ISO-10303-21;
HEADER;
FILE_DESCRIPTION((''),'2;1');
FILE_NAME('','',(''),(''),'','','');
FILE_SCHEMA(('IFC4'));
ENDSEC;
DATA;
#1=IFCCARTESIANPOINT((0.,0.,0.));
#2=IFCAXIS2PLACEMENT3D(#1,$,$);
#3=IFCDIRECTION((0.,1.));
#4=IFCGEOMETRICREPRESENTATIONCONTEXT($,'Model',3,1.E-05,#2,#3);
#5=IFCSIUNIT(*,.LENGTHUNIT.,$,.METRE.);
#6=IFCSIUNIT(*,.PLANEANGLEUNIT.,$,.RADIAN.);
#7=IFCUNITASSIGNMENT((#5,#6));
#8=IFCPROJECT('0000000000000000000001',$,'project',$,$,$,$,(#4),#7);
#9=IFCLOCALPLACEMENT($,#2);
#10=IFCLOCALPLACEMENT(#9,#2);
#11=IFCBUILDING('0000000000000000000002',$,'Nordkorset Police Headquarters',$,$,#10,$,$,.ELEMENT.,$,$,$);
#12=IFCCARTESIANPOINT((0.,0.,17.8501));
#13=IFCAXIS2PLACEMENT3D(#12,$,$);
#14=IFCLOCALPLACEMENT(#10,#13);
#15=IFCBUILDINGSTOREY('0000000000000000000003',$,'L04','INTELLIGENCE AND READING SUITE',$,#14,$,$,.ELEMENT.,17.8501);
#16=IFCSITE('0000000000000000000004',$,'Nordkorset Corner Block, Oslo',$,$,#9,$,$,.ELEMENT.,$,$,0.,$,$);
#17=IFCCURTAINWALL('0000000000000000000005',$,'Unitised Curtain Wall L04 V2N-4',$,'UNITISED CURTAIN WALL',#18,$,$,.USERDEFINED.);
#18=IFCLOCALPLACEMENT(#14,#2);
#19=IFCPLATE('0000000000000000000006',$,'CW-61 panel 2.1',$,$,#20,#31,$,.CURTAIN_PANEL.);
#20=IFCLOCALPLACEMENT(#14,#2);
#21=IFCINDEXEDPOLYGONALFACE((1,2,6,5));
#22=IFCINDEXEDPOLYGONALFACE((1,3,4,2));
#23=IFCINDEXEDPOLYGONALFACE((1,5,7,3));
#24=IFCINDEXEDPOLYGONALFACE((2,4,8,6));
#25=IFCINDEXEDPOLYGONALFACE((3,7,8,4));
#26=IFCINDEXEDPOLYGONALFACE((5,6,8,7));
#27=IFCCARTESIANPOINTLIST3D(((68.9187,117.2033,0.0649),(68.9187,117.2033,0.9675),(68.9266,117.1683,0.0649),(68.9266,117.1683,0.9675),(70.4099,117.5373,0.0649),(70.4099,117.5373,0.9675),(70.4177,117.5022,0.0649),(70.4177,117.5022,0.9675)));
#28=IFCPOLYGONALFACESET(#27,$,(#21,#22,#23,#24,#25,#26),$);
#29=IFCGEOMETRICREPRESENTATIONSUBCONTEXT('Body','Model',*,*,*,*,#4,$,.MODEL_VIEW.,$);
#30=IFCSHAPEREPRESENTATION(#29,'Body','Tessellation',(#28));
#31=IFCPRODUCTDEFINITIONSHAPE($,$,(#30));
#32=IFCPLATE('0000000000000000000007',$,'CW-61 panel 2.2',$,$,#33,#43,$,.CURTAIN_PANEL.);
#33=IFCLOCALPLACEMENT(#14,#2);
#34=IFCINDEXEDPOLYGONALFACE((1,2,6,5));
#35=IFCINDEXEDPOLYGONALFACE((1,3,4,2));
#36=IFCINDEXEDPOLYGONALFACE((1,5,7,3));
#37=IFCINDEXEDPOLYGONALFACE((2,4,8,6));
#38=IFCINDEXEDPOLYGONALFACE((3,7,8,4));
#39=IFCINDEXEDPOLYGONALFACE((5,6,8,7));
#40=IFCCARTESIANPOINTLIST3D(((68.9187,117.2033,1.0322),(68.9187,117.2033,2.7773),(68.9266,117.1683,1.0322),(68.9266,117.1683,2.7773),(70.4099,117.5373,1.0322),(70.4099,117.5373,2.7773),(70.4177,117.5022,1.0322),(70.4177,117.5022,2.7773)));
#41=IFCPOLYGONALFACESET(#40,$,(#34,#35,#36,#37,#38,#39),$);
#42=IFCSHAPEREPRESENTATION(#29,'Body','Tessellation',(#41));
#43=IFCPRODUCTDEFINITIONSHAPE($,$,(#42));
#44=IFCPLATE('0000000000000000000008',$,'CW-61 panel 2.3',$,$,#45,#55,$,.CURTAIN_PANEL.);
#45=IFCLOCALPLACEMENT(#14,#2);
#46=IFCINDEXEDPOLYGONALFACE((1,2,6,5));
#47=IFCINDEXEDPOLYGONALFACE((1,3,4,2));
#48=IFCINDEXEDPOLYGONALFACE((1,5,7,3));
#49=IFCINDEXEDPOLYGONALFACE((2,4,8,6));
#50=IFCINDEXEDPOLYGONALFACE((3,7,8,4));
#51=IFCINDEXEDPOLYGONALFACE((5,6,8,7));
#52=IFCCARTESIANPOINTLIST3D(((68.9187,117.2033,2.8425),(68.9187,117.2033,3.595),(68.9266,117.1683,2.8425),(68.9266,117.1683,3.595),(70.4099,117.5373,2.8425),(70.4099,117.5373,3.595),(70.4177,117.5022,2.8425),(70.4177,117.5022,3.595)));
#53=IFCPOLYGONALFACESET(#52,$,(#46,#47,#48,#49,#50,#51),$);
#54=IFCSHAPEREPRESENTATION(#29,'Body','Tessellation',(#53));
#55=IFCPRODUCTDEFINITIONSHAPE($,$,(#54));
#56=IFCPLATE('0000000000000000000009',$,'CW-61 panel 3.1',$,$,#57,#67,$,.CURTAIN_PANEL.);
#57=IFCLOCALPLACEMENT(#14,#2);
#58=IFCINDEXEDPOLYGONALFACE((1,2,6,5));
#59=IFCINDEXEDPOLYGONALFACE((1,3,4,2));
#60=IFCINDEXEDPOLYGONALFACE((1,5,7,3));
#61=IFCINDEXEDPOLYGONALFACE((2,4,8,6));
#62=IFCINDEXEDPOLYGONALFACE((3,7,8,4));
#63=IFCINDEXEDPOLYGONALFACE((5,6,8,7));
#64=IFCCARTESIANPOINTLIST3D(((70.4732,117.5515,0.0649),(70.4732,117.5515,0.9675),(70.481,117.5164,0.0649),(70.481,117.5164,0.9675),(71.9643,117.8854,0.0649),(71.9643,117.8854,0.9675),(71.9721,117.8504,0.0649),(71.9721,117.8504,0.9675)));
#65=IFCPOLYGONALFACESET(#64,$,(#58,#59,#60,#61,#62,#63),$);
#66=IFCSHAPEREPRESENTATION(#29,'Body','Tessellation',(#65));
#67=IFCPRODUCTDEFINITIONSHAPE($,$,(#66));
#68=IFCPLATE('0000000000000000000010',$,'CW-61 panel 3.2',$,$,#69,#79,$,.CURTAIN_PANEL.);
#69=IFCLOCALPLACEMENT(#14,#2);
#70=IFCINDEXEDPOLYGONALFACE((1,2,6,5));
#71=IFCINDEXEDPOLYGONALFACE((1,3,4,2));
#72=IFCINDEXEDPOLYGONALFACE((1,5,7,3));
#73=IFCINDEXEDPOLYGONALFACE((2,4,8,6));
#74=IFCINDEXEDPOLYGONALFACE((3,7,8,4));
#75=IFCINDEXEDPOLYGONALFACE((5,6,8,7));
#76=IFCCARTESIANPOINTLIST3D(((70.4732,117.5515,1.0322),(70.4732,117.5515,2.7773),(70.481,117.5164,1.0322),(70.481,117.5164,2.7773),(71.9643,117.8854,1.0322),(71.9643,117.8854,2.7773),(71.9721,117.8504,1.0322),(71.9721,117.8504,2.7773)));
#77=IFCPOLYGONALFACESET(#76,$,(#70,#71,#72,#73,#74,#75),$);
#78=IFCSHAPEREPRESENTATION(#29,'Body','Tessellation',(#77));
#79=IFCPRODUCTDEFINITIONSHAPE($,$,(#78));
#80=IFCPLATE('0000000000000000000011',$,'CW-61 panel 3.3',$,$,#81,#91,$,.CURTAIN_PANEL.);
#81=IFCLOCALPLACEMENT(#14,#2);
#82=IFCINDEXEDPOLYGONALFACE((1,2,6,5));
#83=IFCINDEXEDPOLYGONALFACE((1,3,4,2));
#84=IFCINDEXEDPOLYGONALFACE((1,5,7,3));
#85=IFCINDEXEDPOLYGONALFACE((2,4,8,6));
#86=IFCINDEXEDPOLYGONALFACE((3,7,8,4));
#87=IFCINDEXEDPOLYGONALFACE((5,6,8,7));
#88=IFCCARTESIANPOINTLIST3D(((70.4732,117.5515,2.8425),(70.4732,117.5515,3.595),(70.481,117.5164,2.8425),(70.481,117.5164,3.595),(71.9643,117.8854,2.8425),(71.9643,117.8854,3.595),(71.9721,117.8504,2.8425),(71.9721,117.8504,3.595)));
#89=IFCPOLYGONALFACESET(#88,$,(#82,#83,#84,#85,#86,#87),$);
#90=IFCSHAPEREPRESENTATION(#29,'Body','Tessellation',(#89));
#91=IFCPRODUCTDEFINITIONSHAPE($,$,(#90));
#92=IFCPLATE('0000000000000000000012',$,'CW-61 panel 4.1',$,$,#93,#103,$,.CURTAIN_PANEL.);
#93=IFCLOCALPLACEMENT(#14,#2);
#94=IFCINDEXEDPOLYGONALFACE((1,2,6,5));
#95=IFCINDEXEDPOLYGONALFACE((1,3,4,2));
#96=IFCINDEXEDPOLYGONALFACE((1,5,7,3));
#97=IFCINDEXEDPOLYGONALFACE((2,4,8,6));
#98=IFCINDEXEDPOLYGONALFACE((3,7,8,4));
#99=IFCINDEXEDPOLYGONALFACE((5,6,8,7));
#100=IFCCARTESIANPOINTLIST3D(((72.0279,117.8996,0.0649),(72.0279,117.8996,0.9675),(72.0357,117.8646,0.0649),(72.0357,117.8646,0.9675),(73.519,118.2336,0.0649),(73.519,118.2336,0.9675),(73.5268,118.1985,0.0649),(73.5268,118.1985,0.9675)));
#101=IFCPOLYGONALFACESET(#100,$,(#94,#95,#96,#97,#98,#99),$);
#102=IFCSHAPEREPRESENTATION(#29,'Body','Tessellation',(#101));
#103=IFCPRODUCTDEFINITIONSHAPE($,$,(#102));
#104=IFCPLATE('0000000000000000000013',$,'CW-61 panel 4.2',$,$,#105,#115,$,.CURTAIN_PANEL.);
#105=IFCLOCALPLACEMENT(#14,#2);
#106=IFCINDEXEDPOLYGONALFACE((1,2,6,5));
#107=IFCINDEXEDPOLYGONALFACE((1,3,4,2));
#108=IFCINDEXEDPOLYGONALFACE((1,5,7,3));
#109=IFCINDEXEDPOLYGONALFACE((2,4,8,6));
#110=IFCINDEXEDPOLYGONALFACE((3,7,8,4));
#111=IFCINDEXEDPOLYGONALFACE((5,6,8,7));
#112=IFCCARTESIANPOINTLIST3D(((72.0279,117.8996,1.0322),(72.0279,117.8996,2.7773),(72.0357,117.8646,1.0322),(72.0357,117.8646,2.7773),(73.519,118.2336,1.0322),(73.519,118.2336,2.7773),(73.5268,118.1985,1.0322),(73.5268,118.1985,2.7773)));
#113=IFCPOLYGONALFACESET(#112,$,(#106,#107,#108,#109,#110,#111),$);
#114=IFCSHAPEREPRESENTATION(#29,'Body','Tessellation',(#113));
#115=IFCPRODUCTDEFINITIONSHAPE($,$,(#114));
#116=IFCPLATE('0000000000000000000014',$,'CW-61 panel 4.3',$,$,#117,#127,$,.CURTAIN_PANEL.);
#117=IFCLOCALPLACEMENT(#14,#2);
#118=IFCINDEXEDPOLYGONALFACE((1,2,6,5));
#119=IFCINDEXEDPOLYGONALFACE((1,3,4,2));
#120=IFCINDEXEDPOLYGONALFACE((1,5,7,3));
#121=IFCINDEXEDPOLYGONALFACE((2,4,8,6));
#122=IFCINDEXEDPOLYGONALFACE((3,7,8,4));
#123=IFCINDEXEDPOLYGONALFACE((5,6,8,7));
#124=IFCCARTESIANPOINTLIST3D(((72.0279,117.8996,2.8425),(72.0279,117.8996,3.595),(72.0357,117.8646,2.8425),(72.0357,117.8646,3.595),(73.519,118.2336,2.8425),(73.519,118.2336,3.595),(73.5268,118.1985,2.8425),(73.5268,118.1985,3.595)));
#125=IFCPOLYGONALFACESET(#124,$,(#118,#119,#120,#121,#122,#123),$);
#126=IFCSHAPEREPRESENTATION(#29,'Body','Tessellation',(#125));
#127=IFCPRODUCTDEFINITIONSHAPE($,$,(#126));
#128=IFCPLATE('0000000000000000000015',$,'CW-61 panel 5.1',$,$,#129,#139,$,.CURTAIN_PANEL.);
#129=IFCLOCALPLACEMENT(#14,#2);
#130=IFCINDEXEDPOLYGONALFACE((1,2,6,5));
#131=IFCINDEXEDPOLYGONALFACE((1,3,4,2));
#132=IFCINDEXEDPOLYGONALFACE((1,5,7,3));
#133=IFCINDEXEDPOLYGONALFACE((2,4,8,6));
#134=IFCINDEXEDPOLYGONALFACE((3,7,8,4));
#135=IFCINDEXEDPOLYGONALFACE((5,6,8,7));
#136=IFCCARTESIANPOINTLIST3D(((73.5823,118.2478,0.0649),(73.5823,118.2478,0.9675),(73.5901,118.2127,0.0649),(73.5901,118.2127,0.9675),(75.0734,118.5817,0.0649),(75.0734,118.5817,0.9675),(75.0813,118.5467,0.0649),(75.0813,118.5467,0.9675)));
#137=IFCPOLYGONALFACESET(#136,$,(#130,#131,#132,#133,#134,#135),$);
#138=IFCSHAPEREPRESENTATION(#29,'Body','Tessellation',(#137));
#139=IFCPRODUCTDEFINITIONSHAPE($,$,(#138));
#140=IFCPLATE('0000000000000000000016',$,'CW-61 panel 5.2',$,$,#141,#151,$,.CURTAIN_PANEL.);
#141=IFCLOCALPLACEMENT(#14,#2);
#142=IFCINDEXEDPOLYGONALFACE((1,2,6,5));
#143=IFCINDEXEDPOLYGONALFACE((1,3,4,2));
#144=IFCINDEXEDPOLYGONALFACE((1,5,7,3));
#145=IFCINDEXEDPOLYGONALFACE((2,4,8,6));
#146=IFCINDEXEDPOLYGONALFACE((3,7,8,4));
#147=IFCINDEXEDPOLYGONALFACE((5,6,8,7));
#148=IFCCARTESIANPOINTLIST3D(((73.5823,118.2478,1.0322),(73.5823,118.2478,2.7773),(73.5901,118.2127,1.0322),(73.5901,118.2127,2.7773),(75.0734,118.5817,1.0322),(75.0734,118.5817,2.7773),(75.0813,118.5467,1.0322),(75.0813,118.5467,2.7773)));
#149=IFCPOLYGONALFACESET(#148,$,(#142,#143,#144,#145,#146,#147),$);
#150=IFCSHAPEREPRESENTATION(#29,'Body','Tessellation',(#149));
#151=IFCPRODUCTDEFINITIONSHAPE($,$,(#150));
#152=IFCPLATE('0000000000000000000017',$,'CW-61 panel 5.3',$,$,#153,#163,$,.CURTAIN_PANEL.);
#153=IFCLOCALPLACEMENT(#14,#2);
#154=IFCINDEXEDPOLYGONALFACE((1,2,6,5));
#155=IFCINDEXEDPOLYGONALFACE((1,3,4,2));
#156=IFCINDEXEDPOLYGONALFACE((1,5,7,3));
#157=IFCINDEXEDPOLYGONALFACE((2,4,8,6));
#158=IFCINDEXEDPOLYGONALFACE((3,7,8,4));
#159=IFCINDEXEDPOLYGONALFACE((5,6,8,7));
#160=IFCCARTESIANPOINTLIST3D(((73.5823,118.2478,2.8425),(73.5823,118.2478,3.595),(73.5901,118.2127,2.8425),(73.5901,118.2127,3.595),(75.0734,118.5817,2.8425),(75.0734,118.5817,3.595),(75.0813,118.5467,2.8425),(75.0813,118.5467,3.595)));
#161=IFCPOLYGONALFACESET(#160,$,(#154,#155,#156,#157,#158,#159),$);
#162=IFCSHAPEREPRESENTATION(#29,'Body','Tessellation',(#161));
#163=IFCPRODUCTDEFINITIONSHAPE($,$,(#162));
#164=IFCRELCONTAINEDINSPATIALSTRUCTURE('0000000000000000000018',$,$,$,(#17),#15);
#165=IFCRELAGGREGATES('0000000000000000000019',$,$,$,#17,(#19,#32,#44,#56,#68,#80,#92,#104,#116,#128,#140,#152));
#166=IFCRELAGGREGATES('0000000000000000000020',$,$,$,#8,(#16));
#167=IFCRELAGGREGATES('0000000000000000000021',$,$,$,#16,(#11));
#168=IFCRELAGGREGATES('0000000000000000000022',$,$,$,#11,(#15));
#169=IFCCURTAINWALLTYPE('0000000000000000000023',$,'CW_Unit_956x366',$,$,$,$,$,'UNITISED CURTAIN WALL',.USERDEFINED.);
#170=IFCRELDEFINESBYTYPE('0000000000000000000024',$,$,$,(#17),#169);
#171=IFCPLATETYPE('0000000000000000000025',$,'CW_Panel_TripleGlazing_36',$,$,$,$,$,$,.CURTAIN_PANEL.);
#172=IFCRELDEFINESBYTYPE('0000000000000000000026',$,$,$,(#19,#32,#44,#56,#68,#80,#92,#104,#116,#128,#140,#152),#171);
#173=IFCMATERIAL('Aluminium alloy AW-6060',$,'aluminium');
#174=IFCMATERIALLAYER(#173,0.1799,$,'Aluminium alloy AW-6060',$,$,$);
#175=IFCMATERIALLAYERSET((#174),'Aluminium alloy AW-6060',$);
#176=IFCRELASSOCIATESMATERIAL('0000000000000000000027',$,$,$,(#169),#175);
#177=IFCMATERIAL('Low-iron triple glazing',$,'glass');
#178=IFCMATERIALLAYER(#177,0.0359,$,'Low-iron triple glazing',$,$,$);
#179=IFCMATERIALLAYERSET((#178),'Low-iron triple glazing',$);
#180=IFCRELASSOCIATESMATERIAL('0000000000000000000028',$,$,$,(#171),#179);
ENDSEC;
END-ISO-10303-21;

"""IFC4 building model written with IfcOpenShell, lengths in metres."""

from ifc_helpers import new_model, si_unit, direction, frame, origin, origin_2d, place, context, subcontext, project, spatial, rectangle, extrude, material, layer, layer_set, type_object, element, aggregate, save


model = new_model("IFC4")

# Units and contexts
model_context = context("Model", 3, precision=1e-05, world=origin(), true_north=direction((0.0, 1.0)))
body_context = subcontext(model_context, "Body", "Model", "MODEL_VIEW")
ifc_project = project(units=[si_unit("LENGTHUNIT", "METRE"), si_unit("PLANEANGLEUNIT", "RADIAN")], contexts=[model_context])

# Site, building, storey
site_placement = place(None, origin())
site = spatial("IfcSite", under=ifc_project, at=site_placement, Name="Nordkorset Corner Block, Oslo", CompositionType="ELEMENT", RefElevation=0.0)
building_placement = place(site_placement, origin())
building = spatial("IfcBuilding", under=site, at=building_placement, Name="Nordkorset Police Headquarters", CompositionType="ELEMENT")
storey_placement = place(building_placement, frame((0.0, 0.0, 17.8501)))
storey = spatial("IfcBuildingStorey", under=building, at=storey_placement, Name="L04", Description="INTELLIGENCE AND READING SUITE", CompositionType="ELEMENT", Elevation=17.8501)

# Curtain wall, plates
ifc_material_1 = material(Name="Aluminium alloy AW-6060", Category="aluminium")
ifc_layer_1 = layer(ifc_material_1, 0.1799, Name="Aluminium alloy AW-6060")
ifc_layer_set_1 = layer_set([ifc_layer_1], Name="Aluminium alloy AW-6060")
curtain_wall_type = type_object("IfcCurtainWallType", Name="CW_Unit_956x366", ElementType="UNITISED CURTAIN WALL", PredefinedType="USERDEFINED", material=ifc_layer_set_1)
curtain_wall_placement = place(storey_placement, origin())
curtain_wall = element("IfcCurtainWall", 1, at=curtain_wall_placement, inside=storey, type_object=curtain_wall_type, Name="Unitised Curtain Wall L04 V2N-4", ObjectType="UNITISED CURTAIN WALL", PredefinedType="USERDEFINED")
ifc_material_2 = material(Name="Low-iron triple glazing", Category="glass")
ifc_layer_2 = layer(ifc_material_2, 0.0359, Name="Low-iron triple glazing")
ifc_layer_set_2 = layer_set([ifc_layer_2], Name="Low-iron triple glazing")
plate_type = type_object("IfcPlateType", Name="CW_Panel_TripleGlazing_36", PredefinedType="CURTAIN_PANEL", material=ifc_layer_set_2)
plate_1_placement = place(storey_placement, frame((69.6682, 117.3528, 0.0649), z_axis=(0.0, 0.0, 1.0), x_axis=(0.975827, 0.218544, 0.0)))
plate_1 = element("IfcPlate", 2, at=plate_1_placement, type_object=plate_type, Name="CW-61 panel 2.1", PredefinedType="CURTAIN_PANEL", context=body_context, shape_type="SweptSolid", body=[
    extrude(rectangle(XDim=1.5281, YDim=0.0359, at=origin_2d()), origin(), (0.0, 0.0, 1.0), 0.9026),
])
plate_2_placement = place(storey_placement, frame((69.6682, 117.3528, 1.0322), z_axis=(0.0, 0.0, 1.0), x_axis=(0.975827, 0.218544, 0.0)))
plate_2 = element("IfcPlate", 3, at=plate_2_placement, type_object=plate_type, Name="CW-61 panel 2.2", PredefinedType="CURTAIN_PANEL", context=body_context, shape_type="SweptSolid", body=[
    extrude(rectangle(XDim=1.5281, YDim=0.0359, at=origin_2d()), origin(), (0.0, 0.0, 1.0), 1.7451),
])
plate_3_placement = place(storey_placement, frame((69.6682, 117.3528, 2.8425), z_axis=(0.0, 0.0, 1.0), x_axis=(0.975827, 0.218544, 0.0)))
plate_3 = element("IfcPlate", 4, at=plate_3_placement, type_object=plate_type, Name="CW-61 panel 2.3", PredefinedType="CURTAIN_PANEL", context=body_context, shape_type="SweptSolid", body=[
    extrude(rectangle(XDim=1.5281, YDim=0.0359, at=origin_2d()), origin(), (0.0, 0.0, 1.0), 0.7524),
])
plate_4_placement = place(storey_placement, frame((71.2227, 117.7009, 0.0649), z_axis=(0.0, 0.0, 1.0), x_axis=(0.975827, 0.218544, 0.0)))
plate_4 = element("IfcPlate", 5, at=plate_4_placement, type_object=plate_type, Name="CW-61 panel 3.1", PredefinedType="CURTAIN_PANEL", context=body_context, shape_type="SweptSolid", body=[
    extrude(rectangle(XDim=1.5281, YDim=0.0359, at=origin_2d()), origin(), (0.0, 0.0, 1.0), 0.9026),
])
plate_5_placement = place(storey_placement, frame((71.2227, 117.7009, 1.0322), z_axis=(0.0, 0.0, 1.0), x_axis=(0.975827, 0.218544, 0.0)))
plate_5 = element("IfcPlate", 6, at=plate_5_placement, type_object=plate_type, Name="CW-61 panel 3.2", PredefinedType="CURTAIN_PANEL", context=body_context, shape_type="SweptSolid", body=[
    extrude(rectangle(XDim=1.5281, YDim=0.0359, at=origin_2d()), origin(), (0.0, 0.0, 1.0), 1.7451),
])
plate_6_placement = place(storey_placement, frame((71.2227, 117.7009, 2.8425), z_axis=(0.0, 0.0, 1.0), x_axis=(0.975827, 0.218544, 0.0)))
plate_6 = element("IfcPlate", 7, at=plate_6_placement, type_object=plate_type, Name="CW-61 panel 3.3", PredefinedType="CURTAIN_PANEL", context=body_context, shape_type="SweptSolid", body=[
    extrude(rectangle(XDim=1.5281, YDim=0.0359, at=origin_2d()), origin(), (0.0, 0.0, 1.0), 0.7524),
])
plate_7_placement = place(storey_placement, frame((72.7773, 118.0491, 0.0649), z_axis=(0.0, 0.0, 1.0), x_axis=(0.975827, 0.218544, 0.0)))
plate_7 = element("IfcPlate", 8, at=plate_7_placement, type_object=plate_type, Name="CW-61 panel 4.1", PredefinedType="CURTAIN_PANEL", context=body_context, shape_type="SweptSolid", body=[
    extrude(rectangle(XDim=1.5281, YDim=0.0359, at=origin_2d()), origin(), (0.0, 0.0, 1.0), 0.9026),
])
plate_8_placement = place(storey_placement, frame((72.7773, 118.0491, 1.0322), z_axis=(0.0, 0.0, 1.0), x_axis=(0.975827, 0.218544, 0.0)))
plate_8 = element("IfcPlate", 9, at=plate_8_placement, type_object=plate_type, Name="CW-61 panel 4.2", PredefinedType="CURTAIN_PANEL", context=body_context, shape_type="SweptSolid", body=[
    extrude(rectangle(XDim=1.5281, YDim=0.0359, at=origin_2d()), origin(), (0.0, 0.0, 1.0), 1.7451),
])
plate_9_placement = place(storey_placement, frame((72.7773, 118.0491, 2.8425), z_axis=(0.0, 0.0, 1.0), x_axis=(0.975827, 0.218544, 0.0)))
plate_9 = element("IfcPlate", 10, at=plate_9_placement, type_object=plate_type, Name="CW-61 panel 4.3", PredefinedType="CURTAIN_PANEL", context=body_context, shape_type="SweptSolid", body=[
    extrude(rectangle(XDim=1.5281, YDim=0.0359, at=origin_2d()), origin(), (0.0, 0.0, 1.0), 0.7524),
])
plate_10_placement = place(storey_placement, frame((74.3318, 118.3972, 0.0649), z_axis=(0.0, 0.0, 1.0), x_axis=(0.975827, 0.218544, 0.0)))
plate_10 = element("IfcPlate", 11, at=plate_10_placement, type_object=plate_type, Name="CW-61 panel 5.1", PredefinedType="CURTAIN_PANEL", context=body_context, shape_type="SweptSolid", body=[
    extrude(rectangle(XDim=1.5281, YDim=0.0359, at=origin_2d()), origin(), (0.0, 0.0, 1.0), 0.9026),
])
plate_11_placement = place(storey_placement, frame((74.3318, 118.3972, 1.0322), z_axis=(0.0, 0.0, 1.0), x_axis=(0.975827, 0.218544, 0.0)))
plate_11 = element("IfcPlate", 12, at=plate_11_placement, type_object=plate_type, Name="CW-61 panel 5.2", PredefinedType="CURTAIN_PANEL", context=body_context, shape_type="SweptSolid", body=[
    extrude(rectangle(XDim=1.5281, YDim=0.0359, at=origin_2d()), origin(), (0.0, 0.0, 1.0), 1.7451),
])
plate_12_placement = place(storey_placement, frame((74.3318, 118.3972, 2.8425), z_axis=(0.0, 0.0, 1.0), x_axis=(0.975827, 0.218544, 0.0)))
plate_12 = element("IfcPlate", 13, at=plate_12_placement, type_object=plate_type, Name="CW-61 panel 5.3", PredefinedType="CURTAIN_PANEL", context=body_context, shape_type="SweptSolid", body=[
    extrude(rectangle(XDim=1.5281, YDim=0.0359, at=origin_2d()), origin(), (0.0, 0.0, 1.0), 0.7524),
])
aggregate(curtain_wall, [plate_1, plate_2, plate_3, plate_4, plate_5, plate_6, plate_7, plate_8, plate_9, plate_10, plate_11, plate_12])

save(model, "model.ifc")
